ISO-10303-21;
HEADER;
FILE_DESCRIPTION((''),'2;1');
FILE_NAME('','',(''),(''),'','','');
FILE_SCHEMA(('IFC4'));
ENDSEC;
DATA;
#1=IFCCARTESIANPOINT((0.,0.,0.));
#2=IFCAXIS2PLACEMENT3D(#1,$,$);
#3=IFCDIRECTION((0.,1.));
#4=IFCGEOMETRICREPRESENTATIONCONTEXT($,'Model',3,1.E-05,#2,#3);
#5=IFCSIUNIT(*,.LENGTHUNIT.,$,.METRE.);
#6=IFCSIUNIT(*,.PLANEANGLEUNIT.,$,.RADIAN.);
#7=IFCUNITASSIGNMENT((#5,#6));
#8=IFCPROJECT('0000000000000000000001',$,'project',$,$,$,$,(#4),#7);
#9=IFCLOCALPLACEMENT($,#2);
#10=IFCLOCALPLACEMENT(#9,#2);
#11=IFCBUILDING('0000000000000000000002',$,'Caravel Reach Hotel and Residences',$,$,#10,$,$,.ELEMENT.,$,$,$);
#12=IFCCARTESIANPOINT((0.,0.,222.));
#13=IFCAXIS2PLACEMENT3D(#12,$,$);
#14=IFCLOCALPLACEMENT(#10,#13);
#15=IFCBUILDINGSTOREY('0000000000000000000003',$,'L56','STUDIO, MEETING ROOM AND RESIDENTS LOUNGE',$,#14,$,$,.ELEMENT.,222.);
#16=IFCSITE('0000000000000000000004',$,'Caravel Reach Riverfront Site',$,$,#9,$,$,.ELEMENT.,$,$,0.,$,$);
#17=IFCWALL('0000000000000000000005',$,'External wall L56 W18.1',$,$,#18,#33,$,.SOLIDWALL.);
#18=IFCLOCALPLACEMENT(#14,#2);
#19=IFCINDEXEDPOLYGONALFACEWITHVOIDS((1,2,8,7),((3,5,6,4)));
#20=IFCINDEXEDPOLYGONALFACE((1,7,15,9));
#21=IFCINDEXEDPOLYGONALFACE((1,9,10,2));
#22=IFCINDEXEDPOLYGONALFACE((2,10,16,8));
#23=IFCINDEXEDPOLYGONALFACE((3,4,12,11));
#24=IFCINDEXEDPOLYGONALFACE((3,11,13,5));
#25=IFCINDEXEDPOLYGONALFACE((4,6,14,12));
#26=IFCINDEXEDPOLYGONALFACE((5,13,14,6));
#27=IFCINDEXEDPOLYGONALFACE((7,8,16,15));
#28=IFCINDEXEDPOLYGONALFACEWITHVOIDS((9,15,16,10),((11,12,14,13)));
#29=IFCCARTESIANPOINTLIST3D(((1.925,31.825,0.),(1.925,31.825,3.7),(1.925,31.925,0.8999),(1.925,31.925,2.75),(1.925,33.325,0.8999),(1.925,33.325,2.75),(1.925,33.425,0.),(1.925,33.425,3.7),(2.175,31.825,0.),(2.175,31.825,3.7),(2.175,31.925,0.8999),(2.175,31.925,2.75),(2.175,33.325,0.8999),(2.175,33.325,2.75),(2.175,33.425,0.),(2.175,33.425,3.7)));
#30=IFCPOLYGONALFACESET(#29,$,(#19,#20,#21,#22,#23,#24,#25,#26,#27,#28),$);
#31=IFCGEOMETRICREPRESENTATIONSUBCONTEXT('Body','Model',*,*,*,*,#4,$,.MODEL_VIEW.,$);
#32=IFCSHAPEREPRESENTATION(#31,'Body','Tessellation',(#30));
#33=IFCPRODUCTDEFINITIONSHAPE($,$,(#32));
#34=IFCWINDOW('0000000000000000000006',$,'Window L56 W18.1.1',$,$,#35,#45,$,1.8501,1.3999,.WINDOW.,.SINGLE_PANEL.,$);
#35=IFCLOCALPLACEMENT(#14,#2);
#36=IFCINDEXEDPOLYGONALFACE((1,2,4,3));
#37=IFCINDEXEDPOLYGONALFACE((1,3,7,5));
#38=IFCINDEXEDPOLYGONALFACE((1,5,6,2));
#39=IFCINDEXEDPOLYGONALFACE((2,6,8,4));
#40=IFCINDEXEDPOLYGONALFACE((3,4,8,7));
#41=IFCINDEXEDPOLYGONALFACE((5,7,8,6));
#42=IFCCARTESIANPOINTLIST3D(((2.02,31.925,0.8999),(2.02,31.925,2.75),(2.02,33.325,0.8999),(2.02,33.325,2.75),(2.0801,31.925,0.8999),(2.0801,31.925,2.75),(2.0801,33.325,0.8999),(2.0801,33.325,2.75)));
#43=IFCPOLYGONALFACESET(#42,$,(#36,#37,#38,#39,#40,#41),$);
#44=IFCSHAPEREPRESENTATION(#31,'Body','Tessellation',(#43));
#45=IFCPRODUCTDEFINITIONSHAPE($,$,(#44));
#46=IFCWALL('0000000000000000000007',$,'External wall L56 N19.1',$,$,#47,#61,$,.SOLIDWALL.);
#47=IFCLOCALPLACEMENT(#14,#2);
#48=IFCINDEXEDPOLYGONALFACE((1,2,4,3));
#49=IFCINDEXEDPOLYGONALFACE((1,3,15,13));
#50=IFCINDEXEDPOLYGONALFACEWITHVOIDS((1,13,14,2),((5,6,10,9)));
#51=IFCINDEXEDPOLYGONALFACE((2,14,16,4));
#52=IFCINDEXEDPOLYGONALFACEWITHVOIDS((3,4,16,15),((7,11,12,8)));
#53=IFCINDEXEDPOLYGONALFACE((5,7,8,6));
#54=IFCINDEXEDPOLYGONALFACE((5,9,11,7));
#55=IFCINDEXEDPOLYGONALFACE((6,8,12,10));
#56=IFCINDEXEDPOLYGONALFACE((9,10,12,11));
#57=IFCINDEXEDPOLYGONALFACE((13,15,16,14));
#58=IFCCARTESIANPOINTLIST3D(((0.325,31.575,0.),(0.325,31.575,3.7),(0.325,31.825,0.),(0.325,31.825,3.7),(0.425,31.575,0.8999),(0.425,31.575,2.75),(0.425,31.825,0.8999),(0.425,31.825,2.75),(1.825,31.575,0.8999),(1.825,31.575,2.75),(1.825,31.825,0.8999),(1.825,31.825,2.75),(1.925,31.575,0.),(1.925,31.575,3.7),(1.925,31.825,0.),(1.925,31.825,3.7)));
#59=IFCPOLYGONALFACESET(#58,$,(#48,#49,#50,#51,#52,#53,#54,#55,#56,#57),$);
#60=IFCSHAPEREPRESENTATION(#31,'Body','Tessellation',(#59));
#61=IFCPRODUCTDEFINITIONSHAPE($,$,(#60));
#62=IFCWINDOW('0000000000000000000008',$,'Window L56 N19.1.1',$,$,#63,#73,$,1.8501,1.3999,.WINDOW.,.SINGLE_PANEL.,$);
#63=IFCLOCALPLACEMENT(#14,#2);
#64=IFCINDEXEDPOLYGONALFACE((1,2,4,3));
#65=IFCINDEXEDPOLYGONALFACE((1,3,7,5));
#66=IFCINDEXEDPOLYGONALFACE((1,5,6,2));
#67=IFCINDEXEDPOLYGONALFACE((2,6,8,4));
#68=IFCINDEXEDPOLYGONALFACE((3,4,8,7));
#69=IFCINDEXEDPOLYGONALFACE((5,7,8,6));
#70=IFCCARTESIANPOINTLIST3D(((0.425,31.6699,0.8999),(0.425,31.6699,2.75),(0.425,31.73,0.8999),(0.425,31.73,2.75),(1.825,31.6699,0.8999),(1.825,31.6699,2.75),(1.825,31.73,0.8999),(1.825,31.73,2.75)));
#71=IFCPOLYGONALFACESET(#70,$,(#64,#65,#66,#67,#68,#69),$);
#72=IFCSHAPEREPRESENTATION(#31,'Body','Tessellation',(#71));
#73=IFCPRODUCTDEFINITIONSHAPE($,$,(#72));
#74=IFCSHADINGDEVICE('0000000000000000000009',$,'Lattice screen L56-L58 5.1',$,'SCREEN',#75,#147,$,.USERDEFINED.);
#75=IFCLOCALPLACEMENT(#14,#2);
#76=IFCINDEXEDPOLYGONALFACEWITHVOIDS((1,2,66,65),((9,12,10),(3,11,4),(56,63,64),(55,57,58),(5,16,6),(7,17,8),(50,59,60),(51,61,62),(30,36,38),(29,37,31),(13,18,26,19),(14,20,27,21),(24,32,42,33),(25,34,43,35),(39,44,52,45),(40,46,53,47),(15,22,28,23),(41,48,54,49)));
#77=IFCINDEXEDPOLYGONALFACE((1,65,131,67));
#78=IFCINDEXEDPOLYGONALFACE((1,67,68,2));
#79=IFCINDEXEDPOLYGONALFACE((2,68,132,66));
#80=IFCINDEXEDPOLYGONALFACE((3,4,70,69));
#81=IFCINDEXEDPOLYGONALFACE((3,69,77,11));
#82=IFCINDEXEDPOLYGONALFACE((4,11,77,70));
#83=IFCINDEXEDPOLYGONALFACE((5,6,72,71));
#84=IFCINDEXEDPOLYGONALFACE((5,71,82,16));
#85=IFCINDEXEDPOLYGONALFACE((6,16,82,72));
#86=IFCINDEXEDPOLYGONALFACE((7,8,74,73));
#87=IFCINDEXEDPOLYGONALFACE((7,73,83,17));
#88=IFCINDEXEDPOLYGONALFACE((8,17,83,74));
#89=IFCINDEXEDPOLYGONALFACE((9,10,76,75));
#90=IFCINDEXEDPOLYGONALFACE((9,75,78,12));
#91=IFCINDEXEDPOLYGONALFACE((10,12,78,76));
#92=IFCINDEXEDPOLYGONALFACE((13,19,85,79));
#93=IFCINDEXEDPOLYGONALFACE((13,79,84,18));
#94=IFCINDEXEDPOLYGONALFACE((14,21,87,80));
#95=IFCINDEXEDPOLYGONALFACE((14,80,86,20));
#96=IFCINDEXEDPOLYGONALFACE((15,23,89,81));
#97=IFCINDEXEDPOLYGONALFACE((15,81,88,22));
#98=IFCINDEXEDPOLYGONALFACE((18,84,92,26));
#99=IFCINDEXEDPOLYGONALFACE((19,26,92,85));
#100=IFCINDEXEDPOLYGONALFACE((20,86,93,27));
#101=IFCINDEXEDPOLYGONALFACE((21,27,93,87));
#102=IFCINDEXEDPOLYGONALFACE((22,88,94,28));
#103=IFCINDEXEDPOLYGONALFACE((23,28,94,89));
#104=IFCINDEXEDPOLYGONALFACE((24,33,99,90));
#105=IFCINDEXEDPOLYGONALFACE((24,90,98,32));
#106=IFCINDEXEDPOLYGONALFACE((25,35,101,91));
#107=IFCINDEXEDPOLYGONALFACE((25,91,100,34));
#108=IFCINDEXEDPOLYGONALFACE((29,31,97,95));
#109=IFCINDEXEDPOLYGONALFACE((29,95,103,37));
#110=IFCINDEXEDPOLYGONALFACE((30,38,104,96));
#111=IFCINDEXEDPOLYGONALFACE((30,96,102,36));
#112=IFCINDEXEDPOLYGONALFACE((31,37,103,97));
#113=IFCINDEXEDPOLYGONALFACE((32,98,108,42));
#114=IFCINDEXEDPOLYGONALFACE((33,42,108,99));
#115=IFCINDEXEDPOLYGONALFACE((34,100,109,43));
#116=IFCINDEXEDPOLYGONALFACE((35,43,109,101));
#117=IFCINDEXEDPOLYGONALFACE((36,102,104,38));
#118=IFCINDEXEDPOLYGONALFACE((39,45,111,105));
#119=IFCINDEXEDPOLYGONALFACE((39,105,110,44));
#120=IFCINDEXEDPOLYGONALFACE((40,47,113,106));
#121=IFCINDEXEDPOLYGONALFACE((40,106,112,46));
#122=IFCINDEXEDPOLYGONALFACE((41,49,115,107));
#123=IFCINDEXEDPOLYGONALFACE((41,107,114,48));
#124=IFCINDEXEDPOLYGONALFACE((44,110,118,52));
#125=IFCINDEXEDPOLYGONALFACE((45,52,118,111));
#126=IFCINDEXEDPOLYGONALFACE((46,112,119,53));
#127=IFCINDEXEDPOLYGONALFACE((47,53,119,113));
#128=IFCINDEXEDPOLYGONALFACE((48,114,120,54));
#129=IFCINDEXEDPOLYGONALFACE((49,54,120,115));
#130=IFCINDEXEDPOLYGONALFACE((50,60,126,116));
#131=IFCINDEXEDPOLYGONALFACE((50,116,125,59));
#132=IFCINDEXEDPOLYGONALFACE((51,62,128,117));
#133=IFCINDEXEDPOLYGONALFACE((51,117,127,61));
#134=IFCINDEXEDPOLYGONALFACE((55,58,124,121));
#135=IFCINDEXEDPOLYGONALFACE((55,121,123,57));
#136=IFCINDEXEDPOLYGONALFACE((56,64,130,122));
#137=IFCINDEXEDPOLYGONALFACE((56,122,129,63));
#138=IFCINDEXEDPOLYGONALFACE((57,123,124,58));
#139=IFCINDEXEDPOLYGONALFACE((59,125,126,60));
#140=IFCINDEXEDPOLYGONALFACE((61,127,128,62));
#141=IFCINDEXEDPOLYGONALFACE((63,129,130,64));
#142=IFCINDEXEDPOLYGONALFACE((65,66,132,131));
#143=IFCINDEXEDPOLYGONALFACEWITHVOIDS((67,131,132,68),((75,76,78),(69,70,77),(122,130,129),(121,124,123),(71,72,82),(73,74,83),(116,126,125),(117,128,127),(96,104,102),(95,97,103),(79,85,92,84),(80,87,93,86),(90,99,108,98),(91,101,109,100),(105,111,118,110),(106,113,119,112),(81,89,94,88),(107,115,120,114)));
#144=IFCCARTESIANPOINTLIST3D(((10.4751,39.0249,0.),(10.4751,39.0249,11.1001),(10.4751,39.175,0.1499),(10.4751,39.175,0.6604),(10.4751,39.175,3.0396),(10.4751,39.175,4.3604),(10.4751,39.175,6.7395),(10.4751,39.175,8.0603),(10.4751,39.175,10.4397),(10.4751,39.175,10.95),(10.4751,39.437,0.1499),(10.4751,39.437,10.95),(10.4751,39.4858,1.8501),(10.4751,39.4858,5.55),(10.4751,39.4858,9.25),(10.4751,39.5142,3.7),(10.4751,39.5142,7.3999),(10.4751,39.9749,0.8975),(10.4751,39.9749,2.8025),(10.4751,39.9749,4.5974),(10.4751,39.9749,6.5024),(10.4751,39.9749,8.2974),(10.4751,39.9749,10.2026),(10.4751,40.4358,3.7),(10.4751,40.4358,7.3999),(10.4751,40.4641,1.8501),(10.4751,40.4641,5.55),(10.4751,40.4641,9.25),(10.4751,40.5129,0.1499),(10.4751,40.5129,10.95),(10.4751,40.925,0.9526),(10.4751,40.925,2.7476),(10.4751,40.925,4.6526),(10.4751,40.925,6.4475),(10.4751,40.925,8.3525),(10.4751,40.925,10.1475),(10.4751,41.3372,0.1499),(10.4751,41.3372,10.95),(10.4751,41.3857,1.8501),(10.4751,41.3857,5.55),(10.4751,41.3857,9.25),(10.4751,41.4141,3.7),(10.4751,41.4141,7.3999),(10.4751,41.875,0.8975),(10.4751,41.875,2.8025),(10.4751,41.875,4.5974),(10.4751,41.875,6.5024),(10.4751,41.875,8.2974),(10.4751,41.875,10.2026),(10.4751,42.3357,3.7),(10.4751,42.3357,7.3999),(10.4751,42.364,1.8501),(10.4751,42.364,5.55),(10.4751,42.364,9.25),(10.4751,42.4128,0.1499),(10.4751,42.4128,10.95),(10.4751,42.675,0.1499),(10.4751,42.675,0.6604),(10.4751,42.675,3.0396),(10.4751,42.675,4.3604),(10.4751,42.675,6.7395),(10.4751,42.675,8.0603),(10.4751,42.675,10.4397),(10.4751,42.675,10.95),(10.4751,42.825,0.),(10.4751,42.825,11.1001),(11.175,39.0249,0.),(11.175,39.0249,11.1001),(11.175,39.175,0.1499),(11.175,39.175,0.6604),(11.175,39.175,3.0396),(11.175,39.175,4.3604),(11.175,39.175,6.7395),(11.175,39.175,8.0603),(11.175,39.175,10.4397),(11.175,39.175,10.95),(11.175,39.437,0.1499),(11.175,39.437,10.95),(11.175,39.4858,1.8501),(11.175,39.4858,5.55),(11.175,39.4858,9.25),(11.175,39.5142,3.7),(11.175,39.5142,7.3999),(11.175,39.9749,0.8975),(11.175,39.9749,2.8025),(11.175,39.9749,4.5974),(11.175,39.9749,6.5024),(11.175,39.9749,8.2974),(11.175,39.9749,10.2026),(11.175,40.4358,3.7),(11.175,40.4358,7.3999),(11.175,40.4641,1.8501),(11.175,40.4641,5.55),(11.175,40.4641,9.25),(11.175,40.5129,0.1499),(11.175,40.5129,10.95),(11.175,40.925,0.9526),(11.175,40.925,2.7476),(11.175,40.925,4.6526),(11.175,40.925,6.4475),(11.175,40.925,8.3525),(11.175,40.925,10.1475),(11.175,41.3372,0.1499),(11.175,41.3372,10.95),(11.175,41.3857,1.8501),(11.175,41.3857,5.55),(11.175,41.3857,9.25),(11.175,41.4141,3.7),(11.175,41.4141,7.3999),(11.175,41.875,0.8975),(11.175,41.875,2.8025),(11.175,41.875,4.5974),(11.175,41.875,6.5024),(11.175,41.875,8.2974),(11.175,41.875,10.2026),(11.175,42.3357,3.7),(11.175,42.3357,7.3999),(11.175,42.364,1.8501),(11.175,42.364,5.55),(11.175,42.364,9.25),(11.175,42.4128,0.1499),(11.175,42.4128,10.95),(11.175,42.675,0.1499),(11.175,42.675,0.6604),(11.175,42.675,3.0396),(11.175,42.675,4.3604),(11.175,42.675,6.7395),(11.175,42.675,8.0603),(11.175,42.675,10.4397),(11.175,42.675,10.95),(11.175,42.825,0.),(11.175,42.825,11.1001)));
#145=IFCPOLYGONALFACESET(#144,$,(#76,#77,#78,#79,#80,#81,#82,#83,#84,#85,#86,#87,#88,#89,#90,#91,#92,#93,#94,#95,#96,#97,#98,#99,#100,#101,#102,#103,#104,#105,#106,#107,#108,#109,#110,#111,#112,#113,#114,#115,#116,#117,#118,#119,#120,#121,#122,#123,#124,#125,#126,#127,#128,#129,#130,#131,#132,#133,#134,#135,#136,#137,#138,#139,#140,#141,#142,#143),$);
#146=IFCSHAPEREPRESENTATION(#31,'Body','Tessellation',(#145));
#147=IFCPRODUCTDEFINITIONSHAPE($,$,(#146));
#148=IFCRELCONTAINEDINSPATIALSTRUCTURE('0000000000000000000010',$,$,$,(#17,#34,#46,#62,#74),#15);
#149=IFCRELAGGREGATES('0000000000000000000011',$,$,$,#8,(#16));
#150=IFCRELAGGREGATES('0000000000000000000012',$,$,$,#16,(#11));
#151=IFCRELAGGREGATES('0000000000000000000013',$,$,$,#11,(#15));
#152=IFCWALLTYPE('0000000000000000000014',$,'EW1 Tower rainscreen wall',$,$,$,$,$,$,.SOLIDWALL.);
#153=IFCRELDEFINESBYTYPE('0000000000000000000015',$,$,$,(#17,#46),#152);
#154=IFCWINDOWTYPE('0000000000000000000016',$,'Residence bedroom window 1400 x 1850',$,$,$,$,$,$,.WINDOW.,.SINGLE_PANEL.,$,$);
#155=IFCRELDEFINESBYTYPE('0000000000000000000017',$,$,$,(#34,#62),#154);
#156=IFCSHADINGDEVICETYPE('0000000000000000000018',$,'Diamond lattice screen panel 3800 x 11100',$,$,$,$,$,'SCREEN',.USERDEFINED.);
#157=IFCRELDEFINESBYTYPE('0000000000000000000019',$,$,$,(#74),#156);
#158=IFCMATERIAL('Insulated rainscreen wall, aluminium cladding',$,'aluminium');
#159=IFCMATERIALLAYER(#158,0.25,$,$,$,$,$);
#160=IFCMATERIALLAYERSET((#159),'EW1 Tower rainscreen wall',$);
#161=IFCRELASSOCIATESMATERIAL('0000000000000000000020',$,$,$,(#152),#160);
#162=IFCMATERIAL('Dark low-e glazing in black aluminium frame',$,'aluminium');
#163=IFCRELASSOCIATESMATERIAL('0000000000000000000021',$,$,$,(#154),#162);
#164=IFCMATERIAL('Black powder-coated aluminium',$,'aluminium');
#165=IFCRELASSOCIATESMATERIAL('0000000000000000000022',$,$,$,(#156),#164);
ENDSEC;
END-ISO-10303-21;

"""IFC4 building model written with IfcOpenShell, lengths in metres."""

from ifc_helpers import new_model, si_unit, direction, frame, frame_2d, origin, place, context, subcontext, project, spatial, polyline, rectangle, outline, extrude, material, layer, layer_set, type_object, element, fill, save


model = new_model("IFC4")

# Units and contexts
model_context = context("Model", 3, precision=1e-05, world=origin(), true_north=direction((0.0, 1.0)))
body_context = subcontext(model_context, "Body", "Model", "MODEL_VIEW")
ifc_project = project(units=[si_unit("LENGTHUNIT", "METRE"), si_unit("PLANEANGLEUNIT", "RADIAN")], contexts=[model_context])

# Site, building, storey
site_placement = place(None, origin())
site = spatial("IfcSite", under=ifc_project, at=site_placement, Name="Caravel Reach Riverfront Site", CompositionType="ELEMENT", RefElevation=0.0)
building_placement = place(site_placement, origin())
building = spatial("IfcBuilding", under=site, at=building_placement, Name="Caravel Reach Hotel and Residences", CompositionType="ELEMENT")
storey_placement = place(building_placement, frame((0.0, 0.0, 222.0)))
storey = spatial("IfcBuildingStorey", under=building, at=storey_placement, Name="L56", Description="STUDIO, MEETING ROOM AND RESIDENTS LOUNGE", CompositionType="ELEMENT", Elevation=222.0)

# Shared definitions
ifc_material_1 = material(Name="Insulated rainscreen wall, aluminium cladding", Category="aluminium")
ifc_layer = layer(ifc_material_1, 0.25)
ifc_layer_set = layer_set([ifc_layer], Name="EW1 Tower rainscreen wall")
wall_type = type_object("IfcWallType", Name="EW1 Tower rainscreen wall", PredefinedType="SOLIDWALL", material=ifc_layer_set)

# Walls, openings, windows
ifc_material_2 = material(Name="Dark low-e glazing in black aluminium frame", Category="aluminium")
window_type_1 = type_object("IfcWindowType", Name="Residence bedroom window 1400 x 1850", PartitioningType="SINGLE_PANEL", PredefinedType="WINDOW", material=ifc_material_2)
wall_1_placement = place(storey_placement, frame((2.05, 33.425, 0.0), z_axis=(0.0, 0.0, 1.0), x_axis=(0.0, -1.0, 0.0)))
wall_1 = element("IfcWall", 1, at=wall_1_placement, inside=storey, type_object=wall_type, Name="External wall L56 W18.1", PredefinedType="SOLIDWALL", context=body_context, shape_type="SweptSolid", body=[
    extrude(rectangle(XDim=1.6001, YDim=0.25, at=frame_2d((0.8, 0.0))), origin(), (0.0, 0.0, 1.0), 3.7),
])
opening_1_placement = place(wall_1_placement, frame((0.1001, 0.0, 0.8999)))
opening_1 = element("IfcOpeningElement", 2, at=opening_1_placement, cuts=wall_1, PredefinedType="OPENING", context=body_context, shape_type="SweptSolid", body=[
    extrude(rectangle(XDim=1.3999, YDim=1.8501, at=frame_2d((0.7, 0.925))), frame((0.0, 0.135, 0.0), z_axis=(0.0, -1.0, 0.0), x_axis=(1.0, 0.0, 0.0)), (0.0, 0.0, 1.0), 0.27),
])
window_1_placement = place(opening_1_placement, origin())
window_1 = element("IfcWindow", 3, at=window_1_placement, inside=storey, type_object=window_type_1, Name="Window L56 W18.1.1", OverallHeight=1.8501, OverallWidth=1.3999, PartitioningType="SINGLE_PANEL", PredefinedType="WINDOW", context=body_context, shape_type="SweptSolid", body=[
    extrude(rectangle(XDim=1.3999, YDim=1.8501, at=frame_2d((0.7, 0.925))), frame((0.0, 0.03, 0.0), z_axis=(0.0, -1.0, 0.0), x_axis=(1.0, 0.0, 0.0)), (0.0, 0.0, 1.0), 0.0601),
])
fill(opening_1, window_1)
wall_2_placement = place(storey_placement, frame((1.925, 31.7, 0.0), z_axis=(0.0, 0.0, 1.0), x_axis=(-1.0, 0.0, 0.0)))
wall_2 = element("IfcWall", 4, at=wall_2_placement, inside=storey, type_object=wall_type, Name="External wall L56 N19.1", PredefinedType="SOLIDWALL", context=body_context, shape_type="SweptSolid", body=[
    extrude(rectangle(XDim=1.6001, YDim=0.25, at=frame_2d((0.8, 0.0))), origin(), (0.0, 0.0, 1.0), 3.7),
])
opening_2_placement = place(wall_2_placement, frame((0.1001, 0.0, 0.8999)))
opening_2 = element("IfcOpeningElement", 5, at=opening_2_placement, cuts=wall_2, PredefinedType="OPENING", context=body_context, shape_type="SweptSolid", body=[
    extrude(rectangle(XDim=1.3999, YDim=1.8501, at=frame_2d((0.7, 0.925))), frame((0.0, 0.135, 0.0), z_axis=(0.0, -1.0, 0.0), x_axis=(1.0, 0.0, 0.0)), (0.0, 0.0, 1.0), 0.27),
])
window_2_placement = place(opening_2_placement, origin())
window_2 = element("IfcWindow", 6, at=window_2_placement, inside=storey, type_object=window_type_1, Name="Window L56 N19.1.1", OverallHeight=1.8501, OverallWidth=1.3999, PartitioningType="SINGLE_PANEL", PredefinedType="WINDOW", context=body_context, shape_type="SweptSolid", body=[
    extrude(rectangle(XDim=1.3999, YDim=1.8501, at=frame_2d((0.7, 0.925))), frame((0.0, 0.03, 0.0), z_axis=(0.0, -1.0, 0.0), x_axis=(1.0, 0.0, 0.0)), (0.0, 0.0, 1.0), 0.0601),
])
fill(opening_2, window_2)

# Shading device
ifc_material_3 = material(Name="Black powder-coated aluminium", Category="aluminium")
shading_device_type_1 = type_object("IfcShadingDeviceType", Name="Diamond lattice screen panel 3800 x 11100", ElementType="SCREEN", PredefinedType="USERDEFINED", material=ifc_material_3)
shading_device_1_placement = place(storey_placement, frame((11.175, 42.825, 0.0), z_axis=(-1.0, 0.0, 0.0), x_axis=(0.0, -1.0, 0.0)))
element("IfcShadingDevice", 7, at=shading_device_1_placement, inside=storey, type_object=shading_device_type_1, Name="Lattice screen L56-L58 5.1", ObjectType="SCREEN", PredefinedType="USERDEFINED", context=body_context, shape_type="SweptSolid", body=[
    extrude(outline(polyline([(0.0, 0.0), (3.8, 0.0), (3.8, 11.1001), (0.0, 11.1001), (0.0, 0.0)]), holes=[polyline([(0.4121, 0.1499), (0.1499, 0.6604), (0.1499, 0.1499), (0.4121, 0.1499)]), polyline([(0.4893, 3.7), (0.1499, 4.3604), (0.1499, 3.0396), (0.4893, 3.7)]), polyline([(0.4893, 7.3999), (0.1499, 8.0603), (0.1499, 6.7395), (0.4893, 7.3999)]), polyline([(0.1499, 10.4397), (0.4121, 10.95), (0.1499, 10.95), (0.1499, 10.4397)]), polyline([(0.95, 2.8025), (0.4609, 1.8501), (0.95, 0.8975), (1.4392, 1.8501), (0.95, 2.8025)]), polyline([(0.95, 6.5024), (0.4609, 5.55), (0.95, 4.5974), (1.4392, 5.55), (0.95, 6.5024)]), polyline([(0.95, 10.2026), (0.4609, 9.25), (0.95, 8.2974), (1.4392, 9.25), (0.95, 10.2026)]), polyline([(1.8999, 0.9526), (1.4878, 0.1499), (2.312, 0.1499), (1.8999, 0.9526)]), polyline([(1.8999, 4.6526), (1.4109, 3.7), (1.8999, 2.7476), (2.3892, 3.7), (1.8999, 4.6526)]), polyline([(1.8999, 8.3525), (1.4109, 7.3999), (1.8999, 6.4475), (2.3892, 7.3999), (1.8999, 8.3525)]), polyline([(1.8999, 10.1475), (2.312, 10.95), (1.4878, 10.95), (1.8999, 10.1475)]), polyline([(2.8501, 2.8025), (2.3608, 1.8501), (2.8501, 0.8975), (3.3391, 1.8501), (2.8501, 2.8025)]), polyline([(2.8501, 6.5024), (2.3608, 5.55), (2.8501, 4.5974), (3.3391, 5.55), (2.8501, 6.5024)]), polyline([(2.8501, 10.2026), (2.3608, 9.25), (2.8501, 8.2974), (3.3391, 9.25), (2.8501, 10.2026)]), polyline([(3.6499, 0.6604), (3.3879, 0.1499), (3.6499, 0.1499), (3.6499, 0.6604)]), polyline([(3.3108, 3.7), (3.6499, 3.0396), (3.6499, 4.3604), (3.3108, 3.7)]), polyline([(3.3108, 7.3999), (3.6499, 6.7395), (3.6499, 8.0603), (3.3108, 7.3999)]), polyline([(3.3879, 10.95), (3.6499, 10.4397), (3.6499, 10.95), (3.3879, 10.95)])]), origin(), (0.0, 0.0, 1.0), 0.7),
])

save(model, "model.ifc")
